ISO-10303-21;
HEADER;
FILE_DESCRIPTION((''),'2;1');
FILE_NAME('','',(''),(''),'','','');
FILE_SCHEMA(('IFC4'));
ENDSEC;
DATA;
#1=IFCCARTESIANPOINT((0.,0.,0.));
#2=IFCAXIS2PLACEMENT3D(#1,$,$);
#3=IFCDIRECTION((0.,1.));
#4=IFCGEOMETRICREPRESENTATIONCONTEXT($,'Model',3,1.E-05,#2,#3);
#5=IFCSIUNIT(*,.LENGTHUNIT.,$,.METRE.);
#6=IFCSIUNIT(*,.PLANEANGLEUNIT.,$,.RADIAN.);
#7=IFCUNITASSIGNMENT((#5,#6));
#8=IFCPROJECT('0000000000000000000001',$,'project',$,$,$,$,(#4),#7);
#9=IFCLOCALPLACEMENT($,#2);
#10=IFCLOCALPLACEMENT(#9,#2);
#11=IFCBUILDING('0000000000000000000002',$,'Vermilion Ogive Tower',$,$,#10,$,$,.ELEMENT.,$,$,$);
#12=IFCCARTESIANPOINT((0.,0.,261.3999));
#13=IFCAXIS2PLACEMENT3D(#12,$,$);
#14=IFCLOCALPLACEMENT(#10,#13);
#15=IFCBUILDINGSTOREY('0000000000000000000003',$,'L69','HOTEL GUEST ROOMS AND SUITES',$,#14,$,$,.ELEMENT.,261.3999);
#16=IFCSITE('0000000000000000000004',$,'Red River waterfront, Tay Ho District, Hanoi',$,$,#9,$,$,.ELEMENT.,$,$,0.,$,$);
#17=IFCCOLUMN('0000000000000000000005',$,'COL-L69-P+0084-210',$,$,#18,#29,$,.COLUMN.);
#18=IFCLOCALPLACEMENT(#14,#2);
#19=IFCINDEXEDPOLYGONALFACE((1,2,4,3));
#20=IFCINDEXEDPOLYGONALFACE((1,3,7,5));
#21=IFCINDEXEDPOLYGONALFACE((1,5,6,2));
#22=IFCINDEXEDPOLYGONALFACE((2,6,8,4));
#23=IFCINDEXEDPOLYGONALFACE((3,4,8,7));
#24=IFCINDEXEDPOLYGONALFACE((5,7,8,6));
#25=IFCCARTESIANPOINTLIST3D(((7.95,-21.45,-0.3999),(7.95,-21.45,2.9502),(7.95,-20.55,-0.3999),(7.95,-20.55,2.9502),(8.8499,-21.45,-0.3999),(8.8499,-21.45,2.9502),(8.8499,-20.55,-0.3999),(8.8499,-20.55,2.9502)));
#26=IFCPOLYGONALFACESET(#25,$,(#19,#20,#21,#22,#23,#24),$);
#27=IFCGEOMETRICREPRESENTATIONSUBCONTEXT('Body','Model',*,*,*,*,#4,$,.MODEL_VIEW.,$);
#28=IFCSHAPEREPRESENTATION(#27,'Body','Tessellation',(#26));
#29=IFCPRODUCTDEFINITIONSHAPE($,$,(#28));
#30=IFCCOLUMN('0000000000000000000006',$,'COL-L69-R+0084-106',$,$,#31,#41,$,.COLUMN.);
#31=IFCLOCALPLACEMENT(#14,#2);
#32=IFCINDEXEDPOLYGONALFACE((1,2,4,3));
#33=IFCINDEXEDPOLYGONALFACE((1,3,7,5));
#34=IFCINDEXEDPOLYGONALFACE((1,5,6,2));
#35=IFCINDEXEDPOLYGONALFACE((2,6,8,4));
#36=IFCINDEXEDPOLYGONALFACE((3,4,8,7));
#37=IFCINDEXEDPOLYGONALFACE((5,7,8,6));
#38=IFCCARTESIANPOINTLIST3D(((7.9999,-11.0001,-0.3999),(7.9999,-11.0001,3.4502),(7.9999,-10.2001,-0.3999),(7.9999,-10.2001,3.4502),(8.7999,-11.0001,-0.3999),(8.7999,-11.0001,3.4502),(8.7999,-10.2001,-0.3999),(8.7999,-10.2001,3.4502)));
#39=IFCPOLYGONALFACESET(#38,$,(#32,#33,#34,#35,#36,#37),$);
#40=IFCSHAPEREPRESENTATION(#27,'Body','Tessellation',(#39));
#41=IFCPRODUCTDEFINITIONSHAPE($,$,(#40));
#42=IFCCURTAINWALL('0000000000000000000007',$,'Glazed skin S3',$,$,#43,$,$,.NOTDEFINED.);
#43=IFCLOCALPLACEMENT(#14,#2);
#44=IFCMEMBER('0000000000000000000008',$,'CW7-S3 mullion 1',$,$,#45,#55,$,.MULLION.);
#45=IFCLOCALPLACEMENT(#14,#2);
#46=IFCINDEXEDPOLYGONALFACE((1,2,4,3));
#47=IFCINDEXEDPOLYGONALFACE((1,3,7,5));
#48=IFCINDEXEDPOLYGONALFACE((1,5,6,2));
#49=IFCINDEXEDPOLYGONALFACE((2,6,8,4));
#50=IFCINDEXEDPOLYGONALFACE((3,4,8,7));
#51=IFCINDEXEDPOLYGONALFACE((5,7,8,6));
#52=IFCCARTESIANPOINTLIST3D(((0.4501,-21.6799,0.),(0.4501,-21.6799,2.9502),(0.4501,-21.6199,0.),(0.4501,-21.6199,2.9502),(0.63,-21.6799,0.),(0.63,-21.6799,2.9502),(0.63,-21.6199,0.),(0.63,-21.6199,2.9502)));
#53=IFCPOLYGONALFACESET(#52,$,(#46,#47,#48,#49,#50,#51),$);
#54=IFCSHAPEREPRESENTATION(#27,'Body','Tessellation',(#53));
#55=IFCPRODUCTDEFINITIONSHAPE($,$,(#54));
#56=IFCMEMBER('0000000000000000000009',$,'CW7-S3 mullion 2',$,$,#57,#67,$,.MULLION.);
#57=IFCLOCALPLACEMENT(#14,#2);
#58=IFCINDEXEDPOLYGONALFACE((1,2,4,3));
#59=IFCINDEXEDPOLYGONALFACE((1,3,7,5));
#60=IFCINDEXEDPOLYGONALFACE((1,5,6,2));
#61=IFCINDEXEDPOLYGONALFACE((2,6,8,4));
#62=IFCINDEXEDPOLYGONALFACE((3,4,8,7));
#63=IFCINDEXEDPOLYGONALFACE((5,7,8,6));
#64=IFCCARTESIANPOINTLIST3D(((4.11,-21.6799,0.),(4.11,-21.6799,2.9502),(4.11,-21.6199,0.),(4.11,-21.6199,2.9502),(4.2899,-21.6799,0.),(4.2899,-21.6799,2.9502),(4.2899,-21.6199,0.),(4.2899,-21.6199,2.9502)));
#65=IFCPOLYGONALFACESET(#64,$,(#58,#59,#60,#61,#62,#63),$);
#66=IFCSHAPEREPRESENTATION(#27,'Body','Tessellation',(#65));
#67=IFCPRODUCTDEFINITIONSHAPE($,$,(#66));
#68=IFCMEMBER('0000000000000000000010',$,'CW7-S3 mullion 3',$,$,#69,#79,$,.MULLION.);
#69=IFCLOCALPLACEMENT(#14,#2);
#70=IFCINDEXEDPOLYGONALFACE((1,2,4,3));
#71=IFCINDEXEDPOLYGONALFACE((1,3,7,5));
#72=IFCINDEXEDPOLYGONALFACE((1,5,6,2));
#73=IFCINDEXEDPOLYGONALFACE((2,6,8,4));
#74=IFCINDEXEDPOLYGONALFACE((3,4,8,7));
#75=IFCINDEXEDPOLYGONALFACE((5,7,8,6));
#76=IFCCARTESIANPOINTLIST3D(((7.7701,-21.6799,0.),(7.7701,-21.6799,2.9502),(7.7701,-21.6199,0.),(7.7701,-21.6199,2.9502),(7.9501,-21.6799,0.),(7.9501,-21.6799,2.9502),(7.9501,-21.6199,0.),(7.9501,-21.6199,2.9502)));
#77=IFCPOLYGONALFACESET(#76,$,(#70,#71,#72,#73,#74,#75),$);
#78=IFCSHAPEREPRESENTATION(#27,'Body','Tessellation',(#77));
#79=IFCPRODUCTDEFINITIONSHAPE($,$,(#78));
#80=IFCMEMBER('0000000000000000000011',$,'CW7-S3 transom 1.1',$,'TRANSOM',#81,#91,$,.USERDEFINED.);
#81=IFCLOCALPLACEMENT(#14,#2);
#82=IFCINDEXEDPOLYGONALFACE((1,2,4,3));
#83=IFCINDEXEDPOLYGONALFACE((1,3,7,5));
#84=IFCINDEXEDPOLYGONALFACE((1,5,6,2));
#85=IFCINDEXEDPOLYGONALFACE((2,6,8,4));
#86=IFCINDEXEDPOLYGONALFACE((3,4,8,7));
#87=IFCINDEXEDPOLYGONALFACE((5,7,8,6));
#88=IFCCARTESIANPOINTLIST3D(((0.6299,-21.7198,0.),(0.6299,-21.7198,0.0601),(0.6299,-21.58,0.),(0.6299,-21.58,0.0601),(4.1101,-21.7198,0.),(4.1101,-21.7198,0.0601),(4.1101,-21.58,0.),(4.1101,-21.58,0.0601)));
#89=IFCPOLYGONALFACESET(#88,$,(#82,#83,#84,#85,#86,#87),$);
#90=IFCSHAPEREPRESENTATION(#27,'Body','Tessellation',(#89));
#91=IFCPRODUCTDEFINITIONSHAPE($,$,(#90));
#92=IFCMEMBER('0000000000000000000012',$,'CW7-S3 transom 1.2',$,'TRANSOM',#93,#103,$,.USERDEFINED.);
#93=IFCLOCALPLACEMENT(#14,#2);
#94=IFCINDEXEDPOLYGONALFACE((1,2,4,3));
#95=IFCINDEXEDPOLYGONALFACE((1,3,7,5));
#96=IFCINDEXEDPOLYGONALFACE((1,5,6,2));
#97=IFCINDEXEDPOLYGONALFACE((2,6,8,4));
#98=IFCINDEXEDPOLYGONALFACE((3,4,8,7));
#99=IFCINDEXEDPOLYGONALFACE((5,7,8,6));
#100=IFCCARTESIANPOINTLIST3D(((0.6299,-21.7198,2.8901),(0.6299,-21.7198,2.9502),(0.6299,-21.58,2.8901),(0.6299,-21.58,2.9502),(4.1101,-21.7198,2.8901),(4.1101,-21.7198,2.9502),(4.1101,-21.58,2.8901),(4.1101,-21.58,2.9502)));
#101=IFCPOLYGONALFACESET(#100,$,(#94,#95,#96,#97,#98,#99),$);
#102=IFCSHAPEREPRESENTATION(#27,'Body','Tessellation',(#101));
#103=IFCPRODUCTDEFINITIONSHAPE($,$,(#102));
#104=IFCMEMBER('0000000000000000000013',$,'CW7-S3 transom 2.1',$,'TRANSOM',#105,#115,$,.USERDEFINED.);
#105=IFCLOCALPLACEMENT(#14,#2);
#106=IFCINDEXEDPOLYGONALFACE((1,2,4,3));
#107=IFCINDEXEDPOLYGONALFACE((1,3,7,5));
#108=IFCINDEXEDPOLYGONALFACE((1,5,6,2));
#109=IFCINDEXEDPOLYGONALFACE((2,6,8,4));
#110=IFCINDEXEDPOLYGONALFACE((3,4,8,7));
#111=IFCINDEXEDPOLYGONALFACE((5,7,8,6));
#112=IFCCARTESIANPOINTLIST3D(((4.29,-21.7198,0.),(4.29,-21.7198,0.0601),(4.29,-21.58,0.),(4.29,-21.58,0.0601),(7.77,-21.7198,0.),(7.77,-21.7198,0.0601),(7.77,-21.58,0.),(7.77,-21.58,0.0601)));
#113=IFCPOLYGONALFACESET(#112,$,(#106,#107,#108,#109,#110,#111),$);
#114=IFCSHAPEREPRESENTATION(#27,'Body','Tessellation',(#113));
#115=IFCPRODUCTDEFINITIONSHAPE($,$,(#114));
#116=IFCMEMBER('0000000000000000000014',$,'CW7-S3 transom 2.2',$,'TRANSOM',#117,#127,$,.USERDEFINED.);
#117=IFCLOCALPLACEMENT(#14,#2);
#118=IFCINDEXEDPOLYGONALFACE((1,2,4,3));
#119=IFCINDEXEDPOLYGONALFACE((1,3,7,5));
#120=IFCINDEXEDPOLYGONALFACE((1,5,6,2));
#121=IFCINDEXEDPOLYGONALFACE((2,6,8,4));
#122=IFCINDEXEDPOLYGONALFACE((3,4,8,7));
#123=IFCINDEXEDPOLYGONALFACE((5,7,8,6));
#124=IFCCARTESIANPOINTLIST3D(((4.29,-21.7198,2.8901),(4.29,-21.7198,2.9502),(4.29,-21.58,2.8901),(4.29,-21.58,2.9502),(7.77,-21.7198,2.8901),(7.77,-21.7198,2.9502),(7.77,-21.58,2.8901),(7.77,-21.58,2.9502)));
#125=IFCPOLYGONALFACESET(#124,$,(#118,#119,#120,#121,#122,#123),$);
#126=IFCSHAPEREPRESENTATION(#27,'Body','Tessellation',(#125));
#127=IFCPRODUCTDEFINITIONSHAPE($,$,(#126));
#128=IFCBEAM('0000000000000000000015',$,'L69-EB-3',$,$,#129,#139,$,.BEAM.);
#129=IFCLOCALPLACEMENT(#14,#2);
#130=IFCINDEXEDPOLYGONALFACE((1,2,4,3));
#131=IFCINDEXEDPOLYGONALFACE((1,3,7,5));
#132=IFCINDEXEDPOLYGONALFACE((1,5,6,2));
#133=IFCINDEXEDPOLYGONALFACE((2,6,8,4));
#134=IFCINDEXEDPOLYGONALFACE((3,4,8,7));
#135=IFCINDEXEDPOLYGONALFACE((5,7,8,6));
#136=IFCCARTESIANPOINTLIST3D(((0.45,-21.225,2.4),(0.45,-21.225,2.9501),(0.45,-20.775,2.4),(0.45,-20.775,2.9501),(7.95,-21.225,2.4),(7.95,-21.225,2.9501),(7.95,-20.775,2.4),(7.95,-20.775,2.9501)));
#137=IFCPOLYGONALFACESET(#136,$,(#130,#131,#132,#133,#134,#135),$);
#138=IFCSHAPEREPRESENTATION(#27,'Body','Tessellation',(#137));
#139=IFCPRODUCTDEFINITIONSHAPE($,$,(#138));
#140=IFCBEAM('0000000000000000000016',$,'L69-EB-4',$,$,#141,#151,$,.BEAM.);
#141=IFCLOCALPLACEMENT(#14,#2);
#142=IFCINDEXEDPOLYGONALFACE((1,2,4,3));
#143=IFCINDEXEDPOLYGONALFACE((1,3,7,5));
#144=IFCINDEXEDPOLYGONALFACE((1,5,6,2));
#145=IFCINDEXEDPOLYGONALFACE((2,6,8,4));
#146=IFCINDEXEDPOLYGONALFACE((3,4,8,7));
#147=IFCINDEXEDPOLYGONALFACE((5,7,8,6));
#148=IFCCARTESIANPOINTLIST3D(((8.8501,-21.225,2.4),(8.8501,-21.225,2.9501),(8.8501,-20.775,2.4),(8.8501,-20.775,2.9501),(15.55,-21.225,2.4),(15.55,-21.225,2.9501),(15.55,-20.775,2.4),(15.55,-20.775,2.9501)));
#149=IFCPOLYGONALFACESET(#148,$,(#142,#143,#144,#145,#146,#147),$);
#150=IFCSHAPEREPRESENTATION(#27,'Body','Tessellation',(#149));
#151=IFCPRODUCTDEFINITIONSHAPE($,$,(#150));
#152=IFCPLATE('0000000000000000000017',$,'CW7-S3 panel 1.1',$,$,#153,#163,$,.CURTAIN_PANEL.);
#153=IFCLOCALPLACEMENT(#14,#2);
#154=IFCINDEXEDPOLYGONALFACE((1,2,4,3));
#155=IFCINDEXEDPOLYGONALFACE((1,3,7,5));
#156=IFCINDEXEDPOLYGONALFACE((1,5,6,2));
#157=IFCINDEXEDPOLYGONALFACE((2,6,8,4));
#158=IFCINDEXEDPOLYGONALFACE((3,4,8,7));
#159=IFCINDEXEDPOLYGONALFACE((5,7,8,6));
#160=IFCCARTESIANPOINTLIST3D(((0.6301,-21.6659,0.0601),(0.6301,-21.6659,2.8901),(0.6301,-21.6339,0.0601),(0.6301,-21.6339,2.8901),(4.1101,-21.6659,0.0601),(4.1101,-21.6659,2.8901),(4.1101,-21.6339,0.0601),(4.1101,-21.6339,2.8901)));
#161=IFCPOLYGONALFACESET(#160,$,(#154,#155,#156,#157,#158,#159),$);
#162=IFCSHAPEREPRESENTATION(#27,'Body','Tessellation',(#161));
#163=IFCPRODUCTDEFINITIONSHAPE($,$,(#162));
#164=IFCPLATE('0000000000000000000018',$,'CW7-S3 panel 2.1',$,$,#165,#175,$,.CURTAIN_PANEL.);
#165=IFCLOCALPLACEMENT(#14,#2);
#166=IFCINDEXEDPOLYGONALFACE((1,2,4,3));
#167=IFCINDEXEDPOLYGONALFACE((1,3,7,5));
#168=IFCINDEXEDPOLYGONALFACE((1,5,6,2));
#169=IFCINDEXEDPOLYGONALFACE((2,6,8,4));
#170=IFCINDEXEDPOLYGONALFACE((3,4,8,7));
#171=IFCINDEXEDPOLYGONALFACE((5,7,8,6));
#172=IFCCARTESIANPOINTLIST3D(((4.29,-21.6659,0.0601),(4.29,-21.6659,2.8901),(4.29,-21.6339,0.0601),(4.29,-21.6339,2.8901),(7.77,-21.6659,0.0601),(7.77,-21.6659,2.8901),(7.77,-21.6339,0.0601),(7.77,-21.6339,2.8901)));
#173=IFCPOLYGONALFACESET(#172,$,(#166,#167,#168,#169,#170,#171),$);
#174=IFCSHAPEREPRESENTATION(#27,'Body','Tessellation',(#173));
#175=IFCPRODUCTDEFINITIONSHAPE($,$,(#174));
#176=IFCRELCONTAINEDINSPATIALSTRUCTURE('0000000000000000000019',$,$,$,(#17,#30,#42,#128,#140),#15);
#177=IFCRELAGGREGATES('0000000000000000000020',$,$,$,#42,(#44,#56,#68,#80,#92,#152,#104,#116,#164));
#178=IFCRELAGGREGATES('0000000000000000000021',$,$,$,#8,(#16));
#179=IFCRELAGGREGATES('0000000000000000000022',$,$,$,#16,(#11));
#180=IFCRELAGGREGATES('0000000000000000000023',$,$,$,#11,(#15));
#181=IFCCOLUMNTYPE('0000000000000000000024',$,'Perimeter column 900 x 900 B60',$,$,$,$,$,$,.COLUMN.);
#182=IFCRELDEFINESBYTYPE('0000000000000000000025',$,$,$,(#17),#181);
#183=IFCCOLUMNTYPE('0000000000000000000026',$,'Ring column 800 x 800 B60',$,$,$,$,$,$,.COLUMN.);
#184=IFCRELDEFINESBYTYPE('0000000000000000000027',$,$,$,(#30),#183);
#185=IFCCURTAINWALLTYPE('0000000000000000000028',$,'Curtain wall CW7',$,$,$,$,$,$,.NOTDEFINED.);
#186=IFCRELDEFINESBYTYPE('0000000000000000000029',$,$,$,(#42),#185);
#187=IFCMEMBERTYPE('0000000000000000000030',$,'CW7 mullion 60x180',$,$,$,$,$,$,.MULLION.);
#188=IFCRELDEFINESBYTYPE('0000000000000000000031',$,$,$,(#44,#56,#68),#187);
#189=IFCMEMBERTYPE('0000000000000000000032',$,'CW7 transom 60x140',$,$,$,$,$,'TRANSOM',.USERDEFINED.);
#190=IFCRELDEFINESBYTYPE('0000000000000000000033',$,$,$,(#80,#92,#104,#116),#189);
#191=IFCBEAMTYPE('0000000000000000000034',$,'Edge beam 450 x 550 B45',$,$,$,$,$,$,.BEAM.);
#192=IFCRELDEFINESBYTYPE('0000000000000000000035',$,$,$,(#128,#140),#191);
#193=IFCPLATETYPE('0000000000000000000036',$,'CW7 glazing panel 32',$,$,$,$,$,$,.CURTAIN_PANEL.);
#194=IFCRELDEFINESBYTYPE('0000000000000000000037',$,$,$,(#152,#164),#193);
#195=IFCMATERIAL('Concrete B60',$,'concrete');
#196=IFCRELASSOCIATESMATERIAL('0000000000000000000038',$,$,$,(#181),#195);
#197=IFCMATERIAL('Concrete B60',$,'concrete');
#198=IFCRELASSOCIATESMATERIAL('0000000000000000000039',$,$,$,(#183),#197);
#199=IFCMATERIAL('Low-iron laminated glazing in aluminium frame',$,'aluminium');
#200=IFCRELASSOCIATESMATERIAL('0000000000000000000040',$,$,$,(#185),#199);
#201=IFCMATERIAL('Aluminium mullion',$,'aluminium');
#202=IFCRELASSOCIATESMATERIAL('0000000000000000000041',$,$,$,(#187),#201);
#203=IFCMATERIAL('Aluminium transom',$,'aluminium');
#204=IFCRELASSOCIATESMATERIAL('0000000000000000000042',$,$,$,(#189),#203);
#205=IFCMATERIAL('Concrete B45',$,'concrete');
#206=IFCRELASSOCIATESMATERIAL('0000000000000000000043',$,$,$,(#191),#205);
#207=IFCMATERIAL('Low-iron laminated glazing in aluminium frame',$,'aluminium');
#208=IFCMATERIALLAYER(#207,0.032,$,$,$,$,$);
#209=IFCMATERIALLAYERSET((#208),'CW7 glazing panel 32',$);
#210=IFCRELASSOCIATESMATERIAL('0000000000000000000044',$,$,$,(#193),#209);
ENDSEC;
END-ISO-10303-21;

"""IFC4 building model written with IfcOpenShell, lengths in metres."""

from ifc_helpers import new_model, si_unit, direction, frame, origin, origin_2d, place, context, subcontext, project, spatial, rectangle, extrude, material, layer, layer_set, material_profile, profile_set, type_object, element, aggregate, save


model = new_model("IFC4")

# Units and contexts
model_context = context("Model", 3, precision=1e-05, world=origin(), true_north=direction((0.0, 1.0)))
body_context = subcontext(model_context, "Body", "Model", "MODEL_VIEW")
ifc_project = project(units=[si_unit("LENGTHUNIT", "METRE"), si_unit("PLANEANGLEUNIT", "RADIAN")], contexts=[model_context])

# Site, building, storey
site_placement = place(None, origin())
site = spatial("IfcSite", under=ifc_project, at=site_placement, Name="Red River waterfront, Tay Ho District, Hanoi", CompositionType="ELEMENT", RefElevation=0.0)
building_placement = place(site_placement, origin())
building = spatial("IfcBuilding", under=site, at=building_placement, Name="Vermilion Ogive Tower", CompositionType="ELEMENT")
storey_placement = place(building_placement, frame((0.0, 0.0, 261.3999)))
storey = spatial("IfcBuildingStorey", under=building, at=storey_placement, Name="L69", Description="HOTEL GUEST ROOMS AND SUITES", CompositionType="ELEMENT", Elevation=261.3999)

# Columns
ifc_material_1 = material(Name="Concrete B60", Category="concrete")
ifc_material_profile_1 = material_profile(ifc_material_1, rectangle(XDim=0.8999, YDim=0.8999, at=origin_2d()), Name="900 x 900")
ifc_profile_set_1 = profile_set([ifc_material_profile_1], Name="Concrete B60")
column_type_1 = type_object("IfcColumnType", Name="Perimeter column 900 x 900 B60", PredefinedType="COLUMN", material=ifc_profile_set_1)
column_1_placement = place(storey_placement, frame((8.3999, -21.0, -0.3999), z_axis=(0.0, 0.0, 1.0), x_axis=(1.0, 0.0, 0.0)))
element("IfcColumn", 1, at=column_1_placement, inside=storey, type_object=column_type_1, Name="COL-L69-P+0084-210", PredefinedType="COLUMN", context=body_context, shape_type="SweptSolid", body=[
    extrude(rectangle(XDim=0.8999, YDim=0.8999, at=origin_2d()), origin(), (0.0, 0.0, 1.0), 3.3501),
])
ifc_material_2 = material(Name="Concrete B60", Category="concrete")
ifc_material_profile_2 = material_profile(ifc_material_2, rectangle(XDim=0.8, YDim=0.8, at=origin_2d()), Name="800 x 800")
ifc_profile_set_2 = profile_set([ifc_material_profile_2], Name="Concrete B60")
column_type_2 = type_object("IfcColumnType", Name="Ring column 800 x 800 B60", PredefinedType="COLUMN", material=ifc_profile_set_2)
column_2_placement = place(storey_placement, frame((8.3999, -10.6001, -0.3999), z_axis=(0.0, 0.0, 1.0), x_axis=(1.0, 0.0, 0.0)))
element("IfcColumn", 2, at=column_2_placement, inside=storey, type_object=column_type_2, Name="COL-L69-R+0084-106", PredefinedType="COLUMN", context=body_context, shape_type="SweptSolid", body=[
    extrude(rectangle(XDim=0.8, YDim=0.8, at=origin_2d()), origin(), (0.0, 0.0, 1.0), 3.8501),
])

# Curtain wall, members
ifc_material_3 = material(Name="Low-iron laminated glazing in aluminium frame", Category="aluminium")
curtain_wall_type = type_object("IfcCurtainWallType", Name="Curtain wall CW7", PredefinedType="NOTDEFINED", material=ifc_material_3)
curtain_wall_placement = place(storey_placement, origin())
curtain_wall = element("IfcCurtainWall", 3, at=curtain_wall_placement, inside=storey, type_object=curtain_wall_type, Name="Glazed skin S3", PredefinedType="NOTDEFINED")
ifc_material_4 = material(Name="Aluminium mullion", Category="aluminium")
ifc_material_profile_3 = material_profile(ifc_material_4, rectangle(XDim=0.0601, YDim=0.1799, at=origin_2d()), Name="AL 60x180")
ifc_profile_set_3 = profile_set([ifc_material_profile_3], Name="Aluminium mullion")
member_type_1 = type_object("IfcMemberType", Name="CW7 mullion 60x180", PredefinedType="MULLION", material=ifc_profile_set_3)
member_1_placement = place(storey_placement, frame((0.54, -21.6499, 0.0), z_axis=(0.0, 0.0, 1.0), x_axis=(0.0, 1.0, 0.0)))
member_1 = element("IfcMember", 4, at=member_1_placement, type_object=member_type_1, Name="CW7-S3 mullion 1", PredefinedType="MULLION", context=body_context, shape_type="SweptSolid", body=[
    extrude(rectangle(XDim=0.0601, YDim=0.1799, at=origin_2d()), origin(), (0.0, 0.0, 1.0), 2.9502),
])
member_2_placement = place(storey_placement, frame((4.2, -21.6499, 0.0), z_axis=(0.0, 0.0, 1.0), x_axis=(0.0, 1.0, 0.0)))
member_2 = element("IfcMember", 5, at=member_2_placement, type_object=member_type_1, Name="CW7-S3 mullion 2", PredefinedType="MULLION", context=body_context, shape_type="SweptSolid", body=[
    extrude(rectangle(XDim=0.0601, YDim=0.1799, at=origin_2d()), origin(), (0.0, 0.0, 1.0), 2.9502),
])
member_3_placement = place(storey_placement, frame((7.8601, -21.6499, 0.0), z_axis=(0.0, 0.0, 1.0), x_axis=(0.0, 1.0, 0.0)))
member_3 = element("IfcMember", 6, at=member_3_placement, type_object=member_type_1, Name="CW7-S3 mullion 3", PredefinedType="MULLION", context=body_context, shape_type="SweptSolid", body=[
    extrude(rectangle(XDim=0.0601, YDim=0.1799, at=origin_2d()), origin(), (0.0, 0.0, 1.0), 2.9502),
])
ifc_material_5 = material(Name="Aluminium transom", Category="aluminium")
ifc_material_profile_4 = material_profile(ifc_material_5, rectangle(XDim=0.1399, YDim=0.0601, at=origin_2d()), Name="AL 60x140")
ifc_profile_set_4 = profile_set([ifc_material_profile_4], Name="Aluminium transom")
member_type_2 = type_object("IfcMemberType", Name="CW7 transom 60x140", ElementType="TRANSOM", PredefinedType="USERDEFINED", material=ifc_profile_set_4)
member_4_placement = place(storey_placement, frame((0.6299, -21.6499, 0.03), z_axis=(1.0, 0.0, 0.0), x_axis=(0.0, 1.0, 0.0)))
member_4 = element("IfcMember", 7, at=member_4_placement, type_object=member_type_2, Name="CW7-S3 transom 1.1", ObjectType="TRANSOM", PredefinedType="USERDEFINED", context=body_context, shape_type="SweptSolid", body=[
    extrude(rectangle(XDim=0.1399, YDim=0.0601, at=origin_2d()), origin(), (0.0, 0.0, 1.0), 3.4802),
])
member_5_placement = place(storey_placement, frame((0.6299, -21.6499, 2.9202), z_axis=(1.0, 0.0, 0.0), x_axis=(0.0, 1.0, 0.0)))
member_5 = element("IfcMember", 8, at=member_5_placement, type_object=member_type_2, Name="CW7-S3 transom 1.2", ObjectType="TRANSOM", PredefinedType="USERDEFINED", context=body_context, shape_type="SweptSolid", body=[
    extrude(rectangle(XDim=0.1399, YDim=0.0601, at=origin_2d()), origin(), (0.0, 0.0, 1.0), 3.4802),
])
member_6_placement = place(storey_placement, frame((4.29, -21.6499, 0.03), z_axis=(1.0, 0.0, 0.0), x_axis=(0.0, 1.0, 0.0)))
member_6 = element("IfcMember", 9, at=member_6_placement, type_object=member_type_2, Name="CW7-S3 transom 2.1", ObjectType="TRANSOM", PredefinedType="USERDEFINED", context=body_context, shape_type="SweptSolid", body=[
    extrude(rectangle(XDim=0.1399, YDim=0.0601, at=origin_2d()), origin(), (0.0, 0.0, 1.0), 3.48),
])
member_7_placement = place(storey_placement, frame((4.29, -21.6499, 2.9202), z_axis=(1.0, 0.0, 0.0), x_axis=(0.0, 1.0, 0.0)))
member_7 = element("IfcMember", 10, at=member_7_placement, type_object=member_type_2, Name="CW7-S3 transom 2.2", ObjectType="TRANSOM", PredefinedType="USERDEFINED", context=body_context, shape_type="SweptSolid", body=[
    extrude(rectangle(XDim=0.1399, YDim=0.0601, at=origin_2d()), origin(), (0.0, 0.0, 1.0), 3.48),
])

# Beams
ifc_material_6 = material(Name="Concrete B45", Category="concrete")
ifc_material_profile_5 = material_profile(ifc_material_6, rectangle(XDim=0.45, YDim=0.55, at=origin_2d()), Name="450 x 550")
ifc_profile_set_5 = profile_set([ifc_material_profile_5], Name="Concrete B45")
beam_type = type_object("IfcBeamType", Name="Edge beam 450 x 550 B45", PredefinedType="BEAM", material=ifc_profile_set_5)
beam_1_placement = place(storey_placement, frame((0.45, -21.0, 2.675), z_axis=(1.0, 0.0, 0.0), x_axis=(0.0, 1.0, 0.0)))
element("IfcBeam", 11, at=beam_1_placement, inside=storey, type_object=beam_type, Name="L69-EB-3", PredefinedType="BEAM", context=body_context, shape_type="SweptSolid", body=[
    extrude(rectangle(XDim=0.45, YDim=0.55, at=origin_2d()), origin(), (0.0, 0.0, 1.0), 7.5),
])
beam_2_placement = place(storey_placement, frame((8.8501, -21.0, 2.675), z_axis=(1.0, 0.0, 0.0), x_axis=(0.0, 1.0, 0.0)))
element("IfcBeam", 12, at=beam_2_placement, inside=storey, type_object=beam_type, Name="L69-EB-4", PredefinedType="BEAM", context=body_context, shape_type="SweptSolid", body=[
    extrude(rectangle(XDim=0.45, YDim=0.55, at=origin_2d()), origin(), (0.0, 0.0, 1.0), 6.7),
])

# Plates
ifc_material_7 = material(Name="Low-iron laminated glazing in aluminium frame", Category="aluminium")
ifc_layer_1 = layer(ifc_material_7, 0.032)
ifc_layer_set_1 = layer_set([ifc_layer_1], Name="CW7 glazing panel 32")
plate_type = type_object("IfcPlateType", Name="CW7 glazing panel 32", PredefinedType="CURTAIN_PANEL", material=ifc_layer_set_1)
plate_1_placement = place(storey_placement, frame((2.3701, -21.6499, 0.0601), z_axis=(0.0, 0.0, 1.0), x_axis=(1.0, 0.0, 0.0)))
plate_1 = element("IfcPlate", 13, at=plate_1_placement, type_object=plate_type, Name="CW7-S3 panel 1.1", PredefinedType="CURTAIN_PANEL", context=body_context, shape_type="SweptSolid", body=[
    extrude(rectangle(XDim=3.48, YDim=0.032, at=origin_2d()), origin(), (0.0, 0.0, 1.0), 2.8301),
])
plate_2_placement = place(storey_placement, frame((6.03, -21.6499, 0.0601), z_axis=(0.0, 0.0, 1.0), x_axis=(1.0, 0.0, 0.0)))
plate_2 = element("IfcPlate", 14, at=plate_2_placement, type_object=plate_type, Name="CW7-S3 panel 2.1", PredefinedType="CURTAIN_PANEL", context=body_context, shape_type="SweptSolid", body=[
    extrude(rectangle(XDim=3.48, YDim=0.032, at=origin_2d()), origin(), (0.0, 0.0, 1.0), 2.8301),
])
aggregate(curtain_wall, [member_1, member_2, member_3, member_4, member_5, plate_1, member_6, member_7, plate_2])

save(model, "model.ifc")
